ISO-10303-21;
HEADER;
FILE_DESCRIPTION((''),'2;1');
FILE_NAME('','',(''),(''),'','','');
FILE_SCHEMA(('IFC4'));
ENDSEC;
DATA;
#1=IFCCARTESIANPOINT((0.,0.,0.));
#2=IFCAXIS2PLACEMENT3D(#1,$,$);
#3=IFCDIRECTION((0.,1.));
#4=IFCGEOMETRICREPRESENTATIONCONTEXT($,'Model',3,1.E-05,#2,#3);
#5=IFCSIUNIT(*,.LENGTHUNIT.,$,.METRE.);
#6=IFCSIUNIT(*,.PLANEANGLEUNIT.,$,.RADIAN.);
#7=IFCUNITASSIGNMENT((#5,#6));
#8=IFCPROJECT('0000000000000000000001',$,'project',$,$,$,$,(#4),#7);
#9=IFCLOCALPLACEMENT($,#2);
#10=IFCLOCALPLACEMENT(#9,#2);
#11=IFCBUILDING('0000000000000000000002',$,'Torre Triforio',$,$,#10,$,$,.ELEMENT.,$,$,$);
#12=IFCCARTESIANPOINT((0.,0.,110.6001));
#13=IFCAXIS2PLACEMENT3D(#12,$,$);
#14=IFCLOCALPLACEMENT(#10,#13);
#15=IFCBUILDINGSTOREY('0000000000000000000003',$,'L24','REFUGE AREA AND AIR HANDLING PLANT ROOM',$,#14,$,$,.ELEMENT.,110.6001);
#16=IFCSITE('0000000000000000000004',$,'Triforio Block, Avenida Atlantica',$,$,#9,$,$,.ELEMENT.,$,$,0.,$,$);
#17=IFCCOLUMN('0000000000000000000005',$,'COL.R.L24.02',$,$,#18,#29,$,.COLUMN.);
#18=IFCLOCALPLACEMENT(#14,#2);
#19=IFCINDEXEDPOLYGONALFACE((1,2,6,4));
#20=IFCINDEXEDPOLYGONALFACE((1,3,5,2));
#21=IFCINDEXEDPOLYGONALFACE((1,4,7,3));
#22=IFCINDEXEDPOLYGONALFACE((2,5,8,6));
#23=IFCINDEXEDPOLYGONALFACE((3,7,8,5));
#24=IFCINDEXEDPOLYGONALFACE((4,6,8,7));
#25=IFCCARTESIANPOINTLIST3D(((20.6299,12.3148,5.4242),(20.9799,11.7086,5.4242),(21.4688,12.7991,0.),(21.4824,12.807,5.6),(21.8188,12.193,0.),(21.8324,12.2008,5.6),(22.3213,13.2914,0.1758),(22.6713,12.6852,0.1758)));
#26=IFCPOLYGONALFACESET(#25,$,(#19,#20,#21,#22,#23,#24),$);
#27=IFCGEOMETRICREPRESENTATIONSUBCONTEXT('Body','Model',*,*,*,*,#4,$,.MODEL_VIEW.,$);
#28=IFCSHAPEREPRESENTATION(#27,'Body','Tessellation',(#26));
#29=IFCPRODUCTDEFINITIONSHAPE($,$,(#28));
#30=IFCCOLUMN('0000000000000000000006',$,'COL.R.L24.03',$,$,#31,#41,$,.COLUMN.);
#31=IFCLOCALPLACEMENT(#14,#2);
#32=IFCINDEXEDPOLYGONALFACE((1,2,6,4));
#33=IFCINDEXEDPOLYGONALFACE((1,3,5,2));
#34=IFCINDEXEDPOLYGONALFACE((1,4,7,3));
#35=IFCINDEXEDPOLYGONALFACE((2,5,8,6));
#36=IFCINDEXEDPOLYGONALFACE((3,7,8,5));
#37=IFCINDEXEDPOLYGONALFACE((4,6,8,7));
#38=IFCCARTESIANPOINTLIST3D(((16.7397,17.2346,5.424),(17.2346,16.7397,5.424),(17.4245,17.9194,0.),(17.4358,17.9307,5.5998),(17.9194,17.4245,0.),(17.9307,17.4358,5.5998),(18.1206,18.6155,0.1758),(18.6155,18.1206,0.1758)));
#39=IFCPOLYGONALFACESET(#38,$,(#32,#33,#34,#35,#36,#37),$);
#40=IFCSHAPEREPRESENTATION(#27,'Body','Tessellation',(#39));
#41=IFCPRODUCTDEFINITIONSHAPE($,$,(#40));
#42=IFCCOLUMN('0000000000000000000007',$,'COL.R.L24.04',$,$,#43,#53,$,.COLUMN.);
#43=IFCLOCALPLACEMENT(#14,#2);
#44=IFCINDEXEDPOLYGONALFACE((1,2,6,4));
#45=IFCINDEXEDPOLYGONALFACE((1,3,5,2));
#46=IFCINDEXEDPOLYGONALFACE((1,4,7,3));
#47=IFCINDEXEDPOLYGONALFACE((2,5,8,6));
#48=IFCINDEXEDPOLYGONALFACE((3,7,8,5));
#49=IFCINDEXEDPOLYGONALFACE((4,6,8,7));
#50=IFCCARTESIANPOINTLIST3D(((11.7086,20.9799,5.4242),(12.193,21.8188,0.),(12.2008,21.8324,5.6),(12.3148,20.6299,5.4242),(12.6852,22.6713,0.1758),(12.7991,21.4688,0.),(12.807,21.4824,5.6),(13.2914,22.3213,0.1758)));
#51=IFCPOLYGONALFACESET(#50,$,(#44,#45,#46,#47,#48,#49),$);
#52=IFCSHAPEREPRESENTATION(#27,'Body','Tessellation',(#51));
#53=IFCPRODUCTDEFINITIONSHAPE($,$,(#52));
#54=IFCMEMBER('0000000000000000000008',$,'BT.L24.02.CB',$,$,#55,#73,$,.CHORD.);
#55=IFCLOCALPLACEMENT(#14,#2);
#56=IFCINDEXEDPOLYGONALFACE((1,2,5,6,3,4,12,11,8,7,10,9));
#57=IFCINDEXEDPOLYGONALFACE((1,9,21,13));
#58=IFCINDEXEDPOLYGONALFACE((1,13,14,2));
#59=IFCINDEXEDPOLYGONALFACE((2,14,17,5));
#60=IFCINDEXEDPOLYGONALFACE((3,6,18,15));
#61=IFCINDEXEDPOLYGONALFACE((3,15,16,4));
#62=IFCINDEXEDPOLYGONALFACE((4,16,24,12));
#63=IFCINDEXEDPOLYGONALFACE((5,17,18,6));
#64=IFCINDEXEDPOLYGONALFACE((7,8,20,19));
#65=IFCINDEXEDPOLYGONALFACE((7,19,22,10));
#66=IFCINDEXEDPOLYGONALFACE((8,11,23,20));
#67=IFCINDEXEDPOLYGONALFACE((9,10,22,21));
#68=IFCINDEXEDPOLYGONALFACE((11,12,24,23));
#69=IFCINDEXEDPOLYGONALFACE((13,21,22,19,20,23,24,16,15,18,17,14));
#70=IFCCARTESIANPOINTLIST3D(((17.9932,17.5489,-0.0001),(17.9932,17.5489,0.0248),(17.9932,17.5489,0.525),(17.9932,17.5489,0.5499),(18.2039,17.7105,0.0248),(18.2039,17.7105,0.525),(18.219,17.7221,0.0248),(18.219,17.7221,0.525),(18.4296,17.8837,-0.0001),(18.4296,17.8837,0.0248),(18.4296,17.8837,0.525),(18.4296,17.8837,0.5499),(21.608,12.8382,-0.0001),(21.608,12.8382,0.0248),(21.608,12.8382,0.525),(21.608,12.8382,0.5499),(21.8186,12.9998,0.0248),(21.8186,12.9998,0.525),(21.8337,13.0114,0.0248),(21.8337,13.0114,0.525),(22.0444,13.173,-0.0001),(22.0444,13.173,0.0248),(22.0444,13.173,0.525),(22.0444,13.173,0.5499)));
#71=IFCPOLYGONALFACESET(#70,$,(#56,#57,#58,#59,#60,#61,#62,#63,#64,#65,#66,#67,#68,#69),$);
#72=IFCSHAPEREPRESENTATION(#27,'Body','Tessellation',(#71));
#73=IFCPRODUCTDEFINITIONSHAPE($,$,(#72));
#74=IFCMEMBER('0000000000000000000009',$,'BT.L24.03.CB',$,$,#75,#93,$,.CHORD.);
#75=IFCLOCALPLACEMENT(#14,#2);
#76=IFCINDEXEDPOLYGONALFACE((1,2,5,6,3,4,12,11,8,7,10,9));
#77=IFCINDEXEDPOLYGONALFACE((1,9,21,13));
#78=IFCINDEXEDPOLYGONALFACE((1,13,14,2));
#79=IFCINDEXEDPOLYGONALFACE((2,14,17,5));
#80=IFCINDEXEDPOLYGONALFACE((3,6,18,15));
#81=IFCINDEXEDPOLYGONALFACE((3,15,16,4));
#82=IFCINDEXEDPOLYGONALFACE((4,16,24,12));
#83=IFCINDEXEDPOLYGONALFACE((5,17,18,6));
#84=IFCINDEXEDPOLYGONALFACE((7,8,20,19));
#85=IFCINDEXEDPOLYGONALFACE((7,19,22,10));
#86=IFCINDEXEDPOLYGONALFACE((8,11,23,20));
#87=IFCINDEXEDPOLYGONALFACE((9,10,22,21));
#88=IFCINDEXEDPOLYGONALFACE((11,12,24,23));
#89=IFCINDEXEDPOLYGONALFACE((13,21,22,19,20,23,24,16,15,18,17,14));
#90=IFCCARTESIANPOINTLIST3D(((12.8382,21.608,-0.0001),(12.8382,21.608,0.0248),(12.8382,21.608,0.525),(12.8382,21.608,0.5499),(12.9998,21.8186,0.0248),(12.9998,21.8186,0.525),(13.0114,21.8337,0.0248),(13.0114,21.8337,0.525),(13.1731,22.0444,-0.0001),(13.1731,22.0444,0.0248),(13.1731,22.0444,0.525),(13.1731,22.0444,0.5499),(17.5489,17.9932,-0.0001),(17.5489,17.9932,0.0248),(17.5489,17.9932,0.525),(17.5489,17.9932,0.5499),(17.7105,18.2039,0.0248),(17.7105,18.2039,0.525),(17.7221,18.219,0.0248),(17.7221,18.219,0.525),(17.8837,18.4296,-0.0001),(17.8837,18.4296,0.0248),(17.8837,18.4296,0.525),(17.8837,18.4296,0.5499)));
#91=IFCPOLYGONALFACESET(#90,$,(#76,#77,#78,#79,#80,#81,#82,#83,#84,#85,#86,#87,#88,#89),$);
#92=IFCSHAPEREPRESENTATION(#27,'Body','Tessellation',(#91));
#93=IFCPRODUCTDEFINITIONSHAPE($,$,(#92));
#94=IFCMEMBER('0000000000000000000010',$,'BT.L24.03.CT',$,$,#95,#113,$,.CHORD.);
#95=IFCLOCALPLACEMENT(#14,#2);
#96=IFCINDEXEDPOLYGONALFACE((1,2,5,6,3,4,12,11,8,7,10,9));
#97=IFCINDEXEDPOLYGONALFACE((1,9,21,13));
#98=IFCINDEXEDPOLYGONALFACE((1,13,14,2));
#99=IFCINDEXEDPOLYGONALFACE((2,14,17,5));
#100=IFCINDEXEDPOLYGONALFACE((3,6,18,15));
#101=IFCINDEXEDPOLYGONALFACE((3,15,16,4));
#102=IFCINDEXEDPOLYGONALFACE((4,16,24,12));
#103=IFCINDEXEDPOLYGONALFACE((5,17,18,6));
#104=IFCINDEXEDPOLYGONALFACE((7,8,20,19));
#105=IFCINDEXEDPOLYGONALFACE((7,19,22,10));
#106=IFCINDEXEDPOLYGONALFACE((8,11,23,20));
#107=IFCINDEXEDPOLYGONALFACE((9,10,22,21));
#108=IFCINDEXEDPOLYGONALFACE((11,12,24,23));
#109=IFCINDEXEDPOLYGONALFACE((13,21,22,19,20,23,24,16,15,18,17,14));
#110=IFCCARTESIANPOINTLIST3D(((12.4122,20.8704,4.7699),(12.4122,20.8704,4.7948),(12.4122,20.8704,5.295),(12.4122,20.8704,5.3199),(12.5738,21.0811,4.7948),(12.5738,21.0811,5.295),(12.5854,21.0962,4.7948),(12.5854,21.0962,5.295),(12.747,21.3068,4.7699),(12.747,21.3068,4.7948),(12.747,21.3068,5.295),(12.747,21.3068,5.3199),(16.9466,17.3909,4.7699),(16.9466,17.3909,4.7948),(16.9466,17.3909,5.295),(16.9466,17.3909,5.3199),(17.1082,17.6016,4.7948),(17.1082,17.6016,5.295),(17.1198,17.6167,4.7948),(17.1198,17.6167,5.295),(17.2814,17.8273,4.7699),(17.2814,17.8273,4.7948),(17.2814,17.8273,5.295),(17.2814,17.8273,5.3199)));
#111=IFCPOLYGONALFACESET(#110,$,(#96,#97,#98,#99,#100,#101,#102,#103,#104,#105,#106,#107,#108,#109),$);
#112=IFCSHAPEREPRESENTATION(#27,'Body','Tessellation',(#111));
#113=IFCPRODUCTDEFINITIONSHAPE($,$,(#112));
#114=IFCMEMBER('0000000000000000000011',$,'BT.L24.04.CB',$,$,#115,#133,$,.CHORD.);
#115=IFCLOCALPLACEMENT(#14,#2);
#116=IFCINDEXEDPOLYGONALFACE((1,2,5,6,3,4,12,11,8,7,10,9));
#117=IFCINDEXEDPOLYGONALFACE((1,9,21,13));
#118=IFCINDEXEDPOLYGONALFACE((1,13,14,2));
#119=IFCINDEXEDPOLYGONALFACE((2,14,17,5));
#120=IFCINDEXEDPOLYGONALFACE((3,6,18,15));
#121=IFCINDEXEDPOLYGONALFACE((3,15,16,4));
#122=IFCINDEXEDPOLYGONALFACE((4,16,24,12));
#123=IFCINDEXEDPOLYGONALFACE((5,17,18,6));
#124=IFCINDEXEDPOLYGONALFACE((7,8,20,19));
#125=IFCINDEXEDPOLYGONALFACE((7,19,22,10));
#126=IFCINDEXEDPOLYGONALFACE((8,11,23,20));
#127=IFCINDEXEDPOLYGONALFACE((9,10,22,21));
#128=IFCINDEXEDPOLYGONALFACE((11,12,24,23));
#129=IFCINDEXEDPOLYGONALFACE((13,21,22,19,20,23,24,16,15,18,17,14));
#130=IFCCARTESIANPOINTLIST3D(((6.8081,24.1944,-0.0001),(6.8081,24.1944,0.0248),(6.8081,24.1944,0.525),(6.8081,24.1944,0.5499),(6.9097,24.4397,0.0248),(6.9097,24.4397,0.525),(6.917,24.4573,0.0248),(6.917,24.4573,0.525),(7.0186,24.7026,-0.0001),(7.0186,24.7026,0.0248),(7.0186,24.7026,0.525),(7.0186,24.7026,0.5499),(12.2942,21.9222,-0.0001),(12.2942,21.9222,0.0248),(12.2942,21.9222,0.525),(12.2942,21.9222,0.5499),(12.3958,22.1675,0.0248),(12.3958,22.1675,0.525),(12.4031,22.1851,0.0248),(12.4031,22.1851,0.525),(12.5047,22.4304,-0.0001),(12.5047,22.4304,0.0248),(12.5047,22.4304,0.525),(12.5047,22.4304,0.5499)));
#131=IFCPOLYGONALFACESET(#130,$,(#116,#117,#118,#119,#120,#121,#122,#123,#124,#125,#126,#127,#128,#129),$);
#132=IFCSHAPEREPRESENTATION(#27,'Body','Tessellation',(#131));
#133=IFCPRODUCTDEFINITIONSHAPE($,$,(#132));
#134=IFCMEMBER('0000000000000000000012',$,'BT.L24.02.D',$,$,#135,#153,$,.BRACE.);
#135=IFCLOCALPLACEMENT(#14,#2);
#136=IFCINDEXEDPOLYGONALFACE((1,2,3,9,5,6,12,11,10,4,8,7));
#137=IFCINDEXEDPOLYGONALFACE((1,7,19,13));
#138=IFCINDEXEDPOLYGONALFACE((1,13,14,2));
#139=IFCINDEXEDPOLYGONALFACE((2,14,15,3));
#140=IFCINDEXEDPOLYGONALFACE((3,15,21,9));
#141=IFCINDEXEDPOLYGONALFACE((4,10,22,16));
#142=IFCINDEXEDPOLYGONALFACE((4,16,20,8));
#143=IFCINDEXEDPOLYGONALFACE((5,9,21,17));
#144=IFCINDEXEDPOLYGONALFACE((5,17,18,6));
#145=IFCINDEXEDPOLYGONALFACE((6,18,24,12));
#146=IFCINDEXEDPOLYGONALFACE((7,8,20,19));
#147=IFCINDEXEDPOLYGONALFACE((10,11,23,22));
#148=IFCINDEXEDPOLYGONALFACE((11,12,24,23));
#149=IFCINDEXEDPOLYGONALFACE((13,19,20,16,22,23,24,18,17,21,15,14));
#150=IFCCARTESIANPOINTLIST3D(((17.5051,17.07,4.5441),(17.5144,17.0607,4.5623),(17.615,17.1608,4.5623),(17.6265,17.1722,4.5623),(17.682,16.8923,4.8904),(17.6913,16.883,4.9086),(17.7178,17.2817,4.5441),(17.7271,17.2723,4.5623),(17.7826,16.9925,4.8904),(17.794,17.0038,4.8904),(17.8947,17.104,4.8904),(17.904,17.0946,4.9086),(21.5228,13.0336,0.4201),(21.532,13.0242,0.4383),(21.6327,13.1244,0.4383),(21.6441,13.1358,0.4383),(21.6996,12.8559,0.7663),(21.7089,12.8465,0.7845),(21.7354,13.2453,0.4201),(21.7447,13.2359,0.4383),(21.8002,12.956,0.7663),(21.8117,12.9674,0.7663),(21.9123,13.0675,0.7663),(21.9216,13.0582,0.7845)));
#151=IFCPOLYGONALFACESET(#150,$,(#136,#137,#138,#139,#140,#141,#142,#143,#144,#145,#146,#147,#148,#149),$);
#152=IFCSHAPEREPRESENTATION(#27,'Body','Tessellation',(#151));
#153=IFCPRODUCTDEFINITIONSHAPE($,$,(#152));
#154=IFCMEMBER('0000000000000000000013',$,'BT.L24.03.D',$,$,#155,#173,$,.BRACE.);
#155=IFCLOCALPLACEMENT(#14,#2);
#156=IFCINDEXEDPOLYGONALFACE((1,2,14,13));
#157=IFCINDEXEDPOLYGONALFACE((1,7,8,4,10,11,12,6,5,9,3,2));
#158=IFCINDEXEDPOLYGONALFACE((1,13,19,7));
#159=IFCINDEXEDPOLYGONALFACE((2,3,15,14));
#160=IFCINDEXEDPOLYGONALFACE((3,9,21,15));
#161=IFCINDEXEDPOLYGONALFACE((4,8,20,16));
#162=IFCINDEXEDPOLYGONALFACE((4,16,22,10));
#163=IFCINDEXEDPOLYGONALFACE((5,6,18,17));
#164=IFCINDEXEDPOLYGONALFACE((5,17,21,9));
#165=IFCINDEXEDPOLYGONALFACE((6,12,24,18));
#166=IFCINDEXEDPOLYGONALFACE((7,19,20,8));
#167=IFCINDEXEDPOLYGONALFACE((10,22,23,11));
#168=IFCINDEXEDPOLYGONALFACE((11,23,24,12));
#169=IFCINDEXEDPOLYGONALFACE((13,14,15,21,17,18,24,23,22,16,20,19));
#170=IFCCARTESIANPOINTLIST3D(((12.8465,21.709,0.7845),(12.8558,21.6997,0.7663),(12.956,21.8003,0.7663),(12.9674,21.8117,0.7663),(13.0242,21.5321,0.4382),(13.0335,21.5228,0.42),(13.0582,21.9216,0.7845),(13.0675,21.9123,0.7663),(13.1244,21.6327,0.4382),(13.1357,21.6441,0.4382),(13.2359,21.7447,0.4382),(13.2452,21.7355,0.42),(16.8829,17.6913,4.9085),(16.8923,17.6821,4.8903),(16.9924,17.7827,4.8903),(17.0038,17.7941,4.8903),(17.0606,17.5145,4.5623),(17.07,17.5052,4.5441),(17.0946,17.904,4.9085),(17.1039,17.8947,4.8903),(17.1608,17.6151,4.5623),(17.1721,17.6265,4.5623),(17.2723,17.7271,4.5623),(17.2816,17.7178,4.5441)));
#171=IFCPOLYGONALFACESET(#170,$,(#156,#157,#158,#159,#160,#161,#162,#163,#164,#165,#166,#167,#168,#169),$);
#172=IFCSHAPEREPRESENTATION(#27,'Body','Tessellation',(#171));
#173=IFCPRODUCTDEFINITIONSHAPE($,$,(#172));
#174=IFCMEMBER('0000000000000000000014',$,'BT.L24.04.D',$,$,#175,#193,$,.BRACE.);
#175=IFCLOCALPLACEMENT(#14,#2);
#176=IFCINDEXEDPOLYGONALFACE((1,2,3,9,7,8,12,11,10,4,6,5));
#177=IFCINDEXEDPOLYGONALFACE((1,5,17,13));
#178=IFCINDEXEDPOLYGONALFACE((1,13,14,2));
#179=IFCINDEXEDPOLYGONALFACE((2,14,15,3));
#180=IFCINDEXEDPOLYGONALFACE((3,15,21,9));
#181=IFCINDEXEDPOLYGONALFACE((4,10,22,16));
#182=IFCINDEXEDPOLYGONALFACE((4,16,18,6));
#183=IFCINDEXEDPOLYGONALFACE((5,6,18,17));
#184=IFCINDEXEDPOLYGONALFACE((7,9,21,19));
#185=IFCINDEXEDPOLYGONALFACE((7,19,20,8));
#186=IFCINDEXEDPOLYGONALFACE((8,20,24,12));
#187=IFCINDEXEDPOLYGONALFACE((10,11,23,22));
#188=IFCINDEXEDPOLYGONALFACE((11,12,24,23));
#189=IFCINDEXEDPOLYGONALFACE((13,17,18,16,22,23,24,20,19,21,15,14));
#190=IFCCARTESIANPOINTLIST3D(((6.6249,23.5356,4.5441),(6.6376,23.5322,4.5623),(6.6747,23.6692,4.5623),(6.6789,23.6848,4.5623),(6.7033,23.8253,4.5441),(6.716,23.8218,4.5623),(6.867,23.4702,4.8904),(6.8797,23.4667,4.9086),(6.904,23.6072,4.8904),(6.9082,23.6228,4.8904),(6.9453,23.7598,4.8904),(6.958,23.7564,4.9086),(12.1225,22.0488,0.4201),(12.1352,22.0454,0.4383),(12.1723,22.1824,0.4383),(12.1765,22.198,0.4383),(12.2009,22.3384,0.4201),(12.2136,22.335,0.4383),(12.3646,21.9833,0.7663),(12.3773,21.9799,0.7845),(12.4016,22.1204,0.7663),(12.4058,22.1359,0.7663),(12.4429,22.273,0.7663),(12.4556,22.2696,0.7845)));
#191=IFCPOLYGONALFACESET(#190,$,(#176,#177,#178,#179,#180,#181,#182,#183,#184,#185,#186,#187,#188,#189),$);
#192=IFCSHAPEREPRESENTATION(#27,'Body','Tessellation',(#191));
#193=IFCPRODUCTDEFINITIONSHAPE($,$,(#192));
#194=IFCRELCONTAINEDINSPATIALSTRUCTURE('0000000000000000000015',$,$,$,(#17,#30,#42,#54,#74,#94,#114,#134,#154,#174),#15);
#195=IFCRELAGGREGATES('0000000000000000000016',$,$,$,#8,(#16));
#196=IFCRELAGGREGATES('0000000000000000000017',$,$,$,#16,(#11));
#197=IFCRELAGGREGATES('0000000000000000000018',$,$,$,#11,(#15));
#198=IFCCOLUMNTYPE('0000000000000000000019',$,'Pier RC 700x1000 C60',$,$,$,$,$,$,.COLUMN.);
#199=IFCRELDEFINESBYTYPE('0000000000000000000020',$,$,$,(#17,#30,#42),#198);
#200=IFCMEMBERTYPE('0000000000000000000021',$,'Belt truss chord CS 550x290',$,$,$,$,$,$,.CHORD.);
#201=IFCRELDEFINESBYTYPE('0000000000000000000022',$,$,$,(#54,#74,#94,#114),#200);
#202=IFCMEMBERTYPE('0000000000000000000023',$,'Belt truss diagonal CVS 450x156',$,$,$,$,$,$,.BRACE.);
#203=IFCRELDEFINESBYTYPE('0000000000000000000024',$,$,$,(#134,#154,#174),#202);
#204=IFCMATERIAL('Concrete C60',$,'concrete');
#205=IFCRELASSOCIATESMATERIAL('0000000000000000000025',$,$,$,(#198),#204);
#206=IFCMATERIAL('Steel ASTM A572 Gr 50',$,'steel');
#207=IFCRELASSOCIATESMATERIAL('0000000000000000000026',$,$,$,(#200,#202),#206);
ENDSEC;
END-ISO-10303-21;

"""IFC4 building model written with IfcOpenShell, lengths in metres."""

from ifc_helpers import new_model, si_unit, direction, frame, origin, origin_2d, place, context, subcontext, project, spatial, rectangle, i_section, extrude, material, material_profile, profile_set, type_object, element, save


model = new_model("IFC4")

# Units and contexts
model_context = context("Model", 3, precision=1e-05, world=origin(), true_north=direction((0.0, 1.0)))
body_context = subcontext(model_context, "Body", "Model", "MODEL_VIEW")
ifc_project = project(units=[si_unit("LENGTHUNIT", "METRE"), si_unit("PLANEANGLEUNIT", "RADIAN")], contexts=[model_context])

# Site, building, storey
site_placement = place(None, origin())
site = spatial("IfcSite", under=ifc_project, at=site_placement, Name="Triforio Block, Avenida Atlantica", CompositionType="ELEMENT", RefElevation=0.0)
building_placement = place(site_placement, origin())
building = spatial("IfcBuilding", under=site, at=building_placement, Name="Torre Triforio", CompositionType="ELEMENT")
storey_placement = place(building_placement, frame((0.0, 0.0, 110.6001)))
storey = spatial("IfcBuildingStorey", under=building, at=storey_placement, Name="L24", Description="REFUGE AREA AND AIR HANDLING PLANT ROOM", CompositionType="ELEMENT", Elevation=110.6001)

# Columns
ifc_material_1 = material(Name="Concrete C60", Category="concrete")
ifc_material_profile_1 = material_profile(ifc_material_1, rectangle(XDim=0.7, YDim=1.0, at=origin_2d()), Name="RC 700x1000")
ifc_profile_set_1 = profile_set([ifc_material_profile_1], Name="Concrete C60")
column_type = type_object("IfcColumnType", Name="Pier RC 700x1000 C60", PredefinedType="COLUMN", material=ifc_profile_set_1)
column_1_placement = place(storey_placement, frame((22.0701, 12.7422, 0.0879), z_axis=(-0.152248, -0.08791, 0.984425), x_axis=(0.500042, -0.866001, 0.0)))
element("IfcColumn", 1, at=column_1_placement, inside=storey, type_object=column_type, Name="COL.R.L24.02", PredefinedType="COLUMN", context=body_context, shape_type="SweptSolid", body=[
    extrude(rectangle(XDim=0.7, YDim=1.0, at=origin_2d()), origin(), (0.0, 0.0, 1.0), 5.51),
])
column_2_placement = place(storey_placement, frame((18.02, 18.02, 0.0879), z_axis=(-0.124289, -0.124289, 0.984431), x_axis=(0.707107, -0.707107, 0.0)))
element("IfcColumn", 2, at=column_2_placement, inside=storey, type_object=column_type, Name="COL.R.L24.03", PredefinedType="COLUMN", context=body_context, shape_type="SweptSolid", body=[
    extrude(rectangle(XDim=0.7, YDim=1.0, at=origin_2d()), origin(), (0.0, 0.0, 1.0), 5.5098),
])
column_3_placement = place(storey_placement, frame((12.7422, 22.0701, 0.0879), z_axis=(-0.08791, -0.152248, 0.984425), x_axis=(0.866001, -0.500042, 0.0)))
element("IfcColumn", 3, at=column_3_placement, inside=storey, type_object=column_type, Name="COL.R.L24.04", PredefinedType="COLUMN", context=body_context, shape_type="SweptSolid", body=[
    extrude(rectangle(XDim=0.7, YDim=1.0, at=origin_2d()), origin(), (0.0, 0.0, 1.0), 5.51),
])

# Members
ifc_material_2 = material(Name="Steel ASTM A572 Gr 50", Category="steel")
ifc_material_profile_2 = material_profile(ifc_material_2, i_section(OverallWidth=0.55, OverallDepth=0.55, WebThickness=0.019, FlangeThickness=0.0249, at=origin_2d()), Name="CS 550x290")
ifc_profile_set_2 = profile_set([ifc_material_profile_2], Name="Steel ASTM A572 Gr 50")
member_type_1 = type_object("IfcMemberType", Name="Belt truss chord CS 550x290", PredefinedType="CHORD", material=ifc_profile_set_2)
for number, where, z_axis, x_axis, name in (
    (4, (21.8262, 13.0056, 0.2749), (-0.608772, 0.793345, 0.0), (-0.793345, -0.608772, 0.0), "BT.L24.02.CB"),
    (5, (17.7163, 18.2114, 0.2749), (-0.793345, 0.608772, 0.0), (-0.608772, -0.793345, 0.0), "BT.L24.03.CB"),
):
    element("IfcMember", number, at=place(storey_placement, frame(where, z_axis=z_axis, x_axis=x_axis)), inside=storey, type_object=member_type_1, Name=name, PredefinedType="CHORD", context=body_context, shape_type="SweptSolid", body=[
        extrude(i_section(OverallWidth=0.55, OverallDepth=0.55, WebThickness=0.019, FlangeThickness=0.0249, at=origin_2d()), origin(), (0.0, 0.0, 1.0), 5.9377),
    ])
member_1_placement = place(storey_placement, frame((17.114, 17.6091, 5.0449), z_axis=(-0.793344, 0.608773, 0.0), x_axis=(-0.608773, -0.793344, 0.0)))
element("IfcMember", 6, at=member_1_placement, inside=storey, type_object=member_type_1, Name="BT.L24.03.CT", PredefinedType="CHORD", context=body_context, shape_type="SweptSolid", body=[
    extrude(i_section(OverallWidth=0.55, OverallDepth=0.55, WebThickness=0.019, FlangeThickness=0.0249, at=origin_2d()), origin(), (0.0, 0.0, 1.0), 5.7156),
])
member_2_placement = place(storey_placement, frame((12.3994, 22.1763, 0.2749), z_axis=(-0.923891, 0.382656, 0.0), x_axis=(-0.382656, -0.923891, 0.0)))
element("IfcMember", 7, at=member_2_placement, inside=storey, type_object=member_type_1, Name="BT.L24.04.CB", PredefinedType="CHORD", context=body_context, shape_type="SweptSolid", body=[
    extrude(i_section(OverallWidth=0.55, OverallDepth=0.55, WebThickness=0.019, FlangeThickness=0.0249, at=origin_2d()), origin(), (0.0, 0.0, 1.0), 5.938),
])
ifc_material_profile_3 = material_profile(ifc_material_2, i_section(OverallWidth=0.3, OverallDepth=0.45, WebThickness=0.0161, FlangeThickness=0.0225, at=origin_2d()), Name="CVS 450x156")
ifc_profile_set_3 = profile_set([ifc_material_profile_3], Name="Steel ASTM A572 Gr 50")
member_type_2 = type_object("IfcMemberType", Name="Belt truss diagonal CVS 450x156", PredefinedType="BRACE", material=ifc_profile_set_3)
for number, where, z_axis, x_axis, name in (
    (8, (21.7222, 13.0459, 0.6023), (-0.571375, 0.574049, 0.586514), (-0.708755, -0.705454, 0.0), "BT.L24.02.D"),
    (9, (17.0823, 17.7046, 4.7263), (-0.574049, 0.571375, -0.586514), (-0.705454, -0.708755, 0.0), "BT.L24.03.D"),
    (10, (12.2891, 22.1592, 0.6023), (-0.781852, 0.211452, 0.586511), (-0.261071, -0.96532, 0.0), "BT.L24.04.D"),
):
    element("IfcMember", number, at=place(storey_placement, frame(where, z_axis=z_axis, x_axis=x_axis)), inside=storey, type_object=member_type_2, Name=name, PredefinedType="BRACE", context=body_context, shape_type="SweptSolid", body=[
        extrude(i_section(OverallWidth=0.3, OverallDepth=0.45, WebThickness=0.0161, FlangeThickness=0.0225, at=origin_2d()), origin(), (0.0, 0.0, 1.0), 7.0315),
    ])

save(model, "model.ifc")
